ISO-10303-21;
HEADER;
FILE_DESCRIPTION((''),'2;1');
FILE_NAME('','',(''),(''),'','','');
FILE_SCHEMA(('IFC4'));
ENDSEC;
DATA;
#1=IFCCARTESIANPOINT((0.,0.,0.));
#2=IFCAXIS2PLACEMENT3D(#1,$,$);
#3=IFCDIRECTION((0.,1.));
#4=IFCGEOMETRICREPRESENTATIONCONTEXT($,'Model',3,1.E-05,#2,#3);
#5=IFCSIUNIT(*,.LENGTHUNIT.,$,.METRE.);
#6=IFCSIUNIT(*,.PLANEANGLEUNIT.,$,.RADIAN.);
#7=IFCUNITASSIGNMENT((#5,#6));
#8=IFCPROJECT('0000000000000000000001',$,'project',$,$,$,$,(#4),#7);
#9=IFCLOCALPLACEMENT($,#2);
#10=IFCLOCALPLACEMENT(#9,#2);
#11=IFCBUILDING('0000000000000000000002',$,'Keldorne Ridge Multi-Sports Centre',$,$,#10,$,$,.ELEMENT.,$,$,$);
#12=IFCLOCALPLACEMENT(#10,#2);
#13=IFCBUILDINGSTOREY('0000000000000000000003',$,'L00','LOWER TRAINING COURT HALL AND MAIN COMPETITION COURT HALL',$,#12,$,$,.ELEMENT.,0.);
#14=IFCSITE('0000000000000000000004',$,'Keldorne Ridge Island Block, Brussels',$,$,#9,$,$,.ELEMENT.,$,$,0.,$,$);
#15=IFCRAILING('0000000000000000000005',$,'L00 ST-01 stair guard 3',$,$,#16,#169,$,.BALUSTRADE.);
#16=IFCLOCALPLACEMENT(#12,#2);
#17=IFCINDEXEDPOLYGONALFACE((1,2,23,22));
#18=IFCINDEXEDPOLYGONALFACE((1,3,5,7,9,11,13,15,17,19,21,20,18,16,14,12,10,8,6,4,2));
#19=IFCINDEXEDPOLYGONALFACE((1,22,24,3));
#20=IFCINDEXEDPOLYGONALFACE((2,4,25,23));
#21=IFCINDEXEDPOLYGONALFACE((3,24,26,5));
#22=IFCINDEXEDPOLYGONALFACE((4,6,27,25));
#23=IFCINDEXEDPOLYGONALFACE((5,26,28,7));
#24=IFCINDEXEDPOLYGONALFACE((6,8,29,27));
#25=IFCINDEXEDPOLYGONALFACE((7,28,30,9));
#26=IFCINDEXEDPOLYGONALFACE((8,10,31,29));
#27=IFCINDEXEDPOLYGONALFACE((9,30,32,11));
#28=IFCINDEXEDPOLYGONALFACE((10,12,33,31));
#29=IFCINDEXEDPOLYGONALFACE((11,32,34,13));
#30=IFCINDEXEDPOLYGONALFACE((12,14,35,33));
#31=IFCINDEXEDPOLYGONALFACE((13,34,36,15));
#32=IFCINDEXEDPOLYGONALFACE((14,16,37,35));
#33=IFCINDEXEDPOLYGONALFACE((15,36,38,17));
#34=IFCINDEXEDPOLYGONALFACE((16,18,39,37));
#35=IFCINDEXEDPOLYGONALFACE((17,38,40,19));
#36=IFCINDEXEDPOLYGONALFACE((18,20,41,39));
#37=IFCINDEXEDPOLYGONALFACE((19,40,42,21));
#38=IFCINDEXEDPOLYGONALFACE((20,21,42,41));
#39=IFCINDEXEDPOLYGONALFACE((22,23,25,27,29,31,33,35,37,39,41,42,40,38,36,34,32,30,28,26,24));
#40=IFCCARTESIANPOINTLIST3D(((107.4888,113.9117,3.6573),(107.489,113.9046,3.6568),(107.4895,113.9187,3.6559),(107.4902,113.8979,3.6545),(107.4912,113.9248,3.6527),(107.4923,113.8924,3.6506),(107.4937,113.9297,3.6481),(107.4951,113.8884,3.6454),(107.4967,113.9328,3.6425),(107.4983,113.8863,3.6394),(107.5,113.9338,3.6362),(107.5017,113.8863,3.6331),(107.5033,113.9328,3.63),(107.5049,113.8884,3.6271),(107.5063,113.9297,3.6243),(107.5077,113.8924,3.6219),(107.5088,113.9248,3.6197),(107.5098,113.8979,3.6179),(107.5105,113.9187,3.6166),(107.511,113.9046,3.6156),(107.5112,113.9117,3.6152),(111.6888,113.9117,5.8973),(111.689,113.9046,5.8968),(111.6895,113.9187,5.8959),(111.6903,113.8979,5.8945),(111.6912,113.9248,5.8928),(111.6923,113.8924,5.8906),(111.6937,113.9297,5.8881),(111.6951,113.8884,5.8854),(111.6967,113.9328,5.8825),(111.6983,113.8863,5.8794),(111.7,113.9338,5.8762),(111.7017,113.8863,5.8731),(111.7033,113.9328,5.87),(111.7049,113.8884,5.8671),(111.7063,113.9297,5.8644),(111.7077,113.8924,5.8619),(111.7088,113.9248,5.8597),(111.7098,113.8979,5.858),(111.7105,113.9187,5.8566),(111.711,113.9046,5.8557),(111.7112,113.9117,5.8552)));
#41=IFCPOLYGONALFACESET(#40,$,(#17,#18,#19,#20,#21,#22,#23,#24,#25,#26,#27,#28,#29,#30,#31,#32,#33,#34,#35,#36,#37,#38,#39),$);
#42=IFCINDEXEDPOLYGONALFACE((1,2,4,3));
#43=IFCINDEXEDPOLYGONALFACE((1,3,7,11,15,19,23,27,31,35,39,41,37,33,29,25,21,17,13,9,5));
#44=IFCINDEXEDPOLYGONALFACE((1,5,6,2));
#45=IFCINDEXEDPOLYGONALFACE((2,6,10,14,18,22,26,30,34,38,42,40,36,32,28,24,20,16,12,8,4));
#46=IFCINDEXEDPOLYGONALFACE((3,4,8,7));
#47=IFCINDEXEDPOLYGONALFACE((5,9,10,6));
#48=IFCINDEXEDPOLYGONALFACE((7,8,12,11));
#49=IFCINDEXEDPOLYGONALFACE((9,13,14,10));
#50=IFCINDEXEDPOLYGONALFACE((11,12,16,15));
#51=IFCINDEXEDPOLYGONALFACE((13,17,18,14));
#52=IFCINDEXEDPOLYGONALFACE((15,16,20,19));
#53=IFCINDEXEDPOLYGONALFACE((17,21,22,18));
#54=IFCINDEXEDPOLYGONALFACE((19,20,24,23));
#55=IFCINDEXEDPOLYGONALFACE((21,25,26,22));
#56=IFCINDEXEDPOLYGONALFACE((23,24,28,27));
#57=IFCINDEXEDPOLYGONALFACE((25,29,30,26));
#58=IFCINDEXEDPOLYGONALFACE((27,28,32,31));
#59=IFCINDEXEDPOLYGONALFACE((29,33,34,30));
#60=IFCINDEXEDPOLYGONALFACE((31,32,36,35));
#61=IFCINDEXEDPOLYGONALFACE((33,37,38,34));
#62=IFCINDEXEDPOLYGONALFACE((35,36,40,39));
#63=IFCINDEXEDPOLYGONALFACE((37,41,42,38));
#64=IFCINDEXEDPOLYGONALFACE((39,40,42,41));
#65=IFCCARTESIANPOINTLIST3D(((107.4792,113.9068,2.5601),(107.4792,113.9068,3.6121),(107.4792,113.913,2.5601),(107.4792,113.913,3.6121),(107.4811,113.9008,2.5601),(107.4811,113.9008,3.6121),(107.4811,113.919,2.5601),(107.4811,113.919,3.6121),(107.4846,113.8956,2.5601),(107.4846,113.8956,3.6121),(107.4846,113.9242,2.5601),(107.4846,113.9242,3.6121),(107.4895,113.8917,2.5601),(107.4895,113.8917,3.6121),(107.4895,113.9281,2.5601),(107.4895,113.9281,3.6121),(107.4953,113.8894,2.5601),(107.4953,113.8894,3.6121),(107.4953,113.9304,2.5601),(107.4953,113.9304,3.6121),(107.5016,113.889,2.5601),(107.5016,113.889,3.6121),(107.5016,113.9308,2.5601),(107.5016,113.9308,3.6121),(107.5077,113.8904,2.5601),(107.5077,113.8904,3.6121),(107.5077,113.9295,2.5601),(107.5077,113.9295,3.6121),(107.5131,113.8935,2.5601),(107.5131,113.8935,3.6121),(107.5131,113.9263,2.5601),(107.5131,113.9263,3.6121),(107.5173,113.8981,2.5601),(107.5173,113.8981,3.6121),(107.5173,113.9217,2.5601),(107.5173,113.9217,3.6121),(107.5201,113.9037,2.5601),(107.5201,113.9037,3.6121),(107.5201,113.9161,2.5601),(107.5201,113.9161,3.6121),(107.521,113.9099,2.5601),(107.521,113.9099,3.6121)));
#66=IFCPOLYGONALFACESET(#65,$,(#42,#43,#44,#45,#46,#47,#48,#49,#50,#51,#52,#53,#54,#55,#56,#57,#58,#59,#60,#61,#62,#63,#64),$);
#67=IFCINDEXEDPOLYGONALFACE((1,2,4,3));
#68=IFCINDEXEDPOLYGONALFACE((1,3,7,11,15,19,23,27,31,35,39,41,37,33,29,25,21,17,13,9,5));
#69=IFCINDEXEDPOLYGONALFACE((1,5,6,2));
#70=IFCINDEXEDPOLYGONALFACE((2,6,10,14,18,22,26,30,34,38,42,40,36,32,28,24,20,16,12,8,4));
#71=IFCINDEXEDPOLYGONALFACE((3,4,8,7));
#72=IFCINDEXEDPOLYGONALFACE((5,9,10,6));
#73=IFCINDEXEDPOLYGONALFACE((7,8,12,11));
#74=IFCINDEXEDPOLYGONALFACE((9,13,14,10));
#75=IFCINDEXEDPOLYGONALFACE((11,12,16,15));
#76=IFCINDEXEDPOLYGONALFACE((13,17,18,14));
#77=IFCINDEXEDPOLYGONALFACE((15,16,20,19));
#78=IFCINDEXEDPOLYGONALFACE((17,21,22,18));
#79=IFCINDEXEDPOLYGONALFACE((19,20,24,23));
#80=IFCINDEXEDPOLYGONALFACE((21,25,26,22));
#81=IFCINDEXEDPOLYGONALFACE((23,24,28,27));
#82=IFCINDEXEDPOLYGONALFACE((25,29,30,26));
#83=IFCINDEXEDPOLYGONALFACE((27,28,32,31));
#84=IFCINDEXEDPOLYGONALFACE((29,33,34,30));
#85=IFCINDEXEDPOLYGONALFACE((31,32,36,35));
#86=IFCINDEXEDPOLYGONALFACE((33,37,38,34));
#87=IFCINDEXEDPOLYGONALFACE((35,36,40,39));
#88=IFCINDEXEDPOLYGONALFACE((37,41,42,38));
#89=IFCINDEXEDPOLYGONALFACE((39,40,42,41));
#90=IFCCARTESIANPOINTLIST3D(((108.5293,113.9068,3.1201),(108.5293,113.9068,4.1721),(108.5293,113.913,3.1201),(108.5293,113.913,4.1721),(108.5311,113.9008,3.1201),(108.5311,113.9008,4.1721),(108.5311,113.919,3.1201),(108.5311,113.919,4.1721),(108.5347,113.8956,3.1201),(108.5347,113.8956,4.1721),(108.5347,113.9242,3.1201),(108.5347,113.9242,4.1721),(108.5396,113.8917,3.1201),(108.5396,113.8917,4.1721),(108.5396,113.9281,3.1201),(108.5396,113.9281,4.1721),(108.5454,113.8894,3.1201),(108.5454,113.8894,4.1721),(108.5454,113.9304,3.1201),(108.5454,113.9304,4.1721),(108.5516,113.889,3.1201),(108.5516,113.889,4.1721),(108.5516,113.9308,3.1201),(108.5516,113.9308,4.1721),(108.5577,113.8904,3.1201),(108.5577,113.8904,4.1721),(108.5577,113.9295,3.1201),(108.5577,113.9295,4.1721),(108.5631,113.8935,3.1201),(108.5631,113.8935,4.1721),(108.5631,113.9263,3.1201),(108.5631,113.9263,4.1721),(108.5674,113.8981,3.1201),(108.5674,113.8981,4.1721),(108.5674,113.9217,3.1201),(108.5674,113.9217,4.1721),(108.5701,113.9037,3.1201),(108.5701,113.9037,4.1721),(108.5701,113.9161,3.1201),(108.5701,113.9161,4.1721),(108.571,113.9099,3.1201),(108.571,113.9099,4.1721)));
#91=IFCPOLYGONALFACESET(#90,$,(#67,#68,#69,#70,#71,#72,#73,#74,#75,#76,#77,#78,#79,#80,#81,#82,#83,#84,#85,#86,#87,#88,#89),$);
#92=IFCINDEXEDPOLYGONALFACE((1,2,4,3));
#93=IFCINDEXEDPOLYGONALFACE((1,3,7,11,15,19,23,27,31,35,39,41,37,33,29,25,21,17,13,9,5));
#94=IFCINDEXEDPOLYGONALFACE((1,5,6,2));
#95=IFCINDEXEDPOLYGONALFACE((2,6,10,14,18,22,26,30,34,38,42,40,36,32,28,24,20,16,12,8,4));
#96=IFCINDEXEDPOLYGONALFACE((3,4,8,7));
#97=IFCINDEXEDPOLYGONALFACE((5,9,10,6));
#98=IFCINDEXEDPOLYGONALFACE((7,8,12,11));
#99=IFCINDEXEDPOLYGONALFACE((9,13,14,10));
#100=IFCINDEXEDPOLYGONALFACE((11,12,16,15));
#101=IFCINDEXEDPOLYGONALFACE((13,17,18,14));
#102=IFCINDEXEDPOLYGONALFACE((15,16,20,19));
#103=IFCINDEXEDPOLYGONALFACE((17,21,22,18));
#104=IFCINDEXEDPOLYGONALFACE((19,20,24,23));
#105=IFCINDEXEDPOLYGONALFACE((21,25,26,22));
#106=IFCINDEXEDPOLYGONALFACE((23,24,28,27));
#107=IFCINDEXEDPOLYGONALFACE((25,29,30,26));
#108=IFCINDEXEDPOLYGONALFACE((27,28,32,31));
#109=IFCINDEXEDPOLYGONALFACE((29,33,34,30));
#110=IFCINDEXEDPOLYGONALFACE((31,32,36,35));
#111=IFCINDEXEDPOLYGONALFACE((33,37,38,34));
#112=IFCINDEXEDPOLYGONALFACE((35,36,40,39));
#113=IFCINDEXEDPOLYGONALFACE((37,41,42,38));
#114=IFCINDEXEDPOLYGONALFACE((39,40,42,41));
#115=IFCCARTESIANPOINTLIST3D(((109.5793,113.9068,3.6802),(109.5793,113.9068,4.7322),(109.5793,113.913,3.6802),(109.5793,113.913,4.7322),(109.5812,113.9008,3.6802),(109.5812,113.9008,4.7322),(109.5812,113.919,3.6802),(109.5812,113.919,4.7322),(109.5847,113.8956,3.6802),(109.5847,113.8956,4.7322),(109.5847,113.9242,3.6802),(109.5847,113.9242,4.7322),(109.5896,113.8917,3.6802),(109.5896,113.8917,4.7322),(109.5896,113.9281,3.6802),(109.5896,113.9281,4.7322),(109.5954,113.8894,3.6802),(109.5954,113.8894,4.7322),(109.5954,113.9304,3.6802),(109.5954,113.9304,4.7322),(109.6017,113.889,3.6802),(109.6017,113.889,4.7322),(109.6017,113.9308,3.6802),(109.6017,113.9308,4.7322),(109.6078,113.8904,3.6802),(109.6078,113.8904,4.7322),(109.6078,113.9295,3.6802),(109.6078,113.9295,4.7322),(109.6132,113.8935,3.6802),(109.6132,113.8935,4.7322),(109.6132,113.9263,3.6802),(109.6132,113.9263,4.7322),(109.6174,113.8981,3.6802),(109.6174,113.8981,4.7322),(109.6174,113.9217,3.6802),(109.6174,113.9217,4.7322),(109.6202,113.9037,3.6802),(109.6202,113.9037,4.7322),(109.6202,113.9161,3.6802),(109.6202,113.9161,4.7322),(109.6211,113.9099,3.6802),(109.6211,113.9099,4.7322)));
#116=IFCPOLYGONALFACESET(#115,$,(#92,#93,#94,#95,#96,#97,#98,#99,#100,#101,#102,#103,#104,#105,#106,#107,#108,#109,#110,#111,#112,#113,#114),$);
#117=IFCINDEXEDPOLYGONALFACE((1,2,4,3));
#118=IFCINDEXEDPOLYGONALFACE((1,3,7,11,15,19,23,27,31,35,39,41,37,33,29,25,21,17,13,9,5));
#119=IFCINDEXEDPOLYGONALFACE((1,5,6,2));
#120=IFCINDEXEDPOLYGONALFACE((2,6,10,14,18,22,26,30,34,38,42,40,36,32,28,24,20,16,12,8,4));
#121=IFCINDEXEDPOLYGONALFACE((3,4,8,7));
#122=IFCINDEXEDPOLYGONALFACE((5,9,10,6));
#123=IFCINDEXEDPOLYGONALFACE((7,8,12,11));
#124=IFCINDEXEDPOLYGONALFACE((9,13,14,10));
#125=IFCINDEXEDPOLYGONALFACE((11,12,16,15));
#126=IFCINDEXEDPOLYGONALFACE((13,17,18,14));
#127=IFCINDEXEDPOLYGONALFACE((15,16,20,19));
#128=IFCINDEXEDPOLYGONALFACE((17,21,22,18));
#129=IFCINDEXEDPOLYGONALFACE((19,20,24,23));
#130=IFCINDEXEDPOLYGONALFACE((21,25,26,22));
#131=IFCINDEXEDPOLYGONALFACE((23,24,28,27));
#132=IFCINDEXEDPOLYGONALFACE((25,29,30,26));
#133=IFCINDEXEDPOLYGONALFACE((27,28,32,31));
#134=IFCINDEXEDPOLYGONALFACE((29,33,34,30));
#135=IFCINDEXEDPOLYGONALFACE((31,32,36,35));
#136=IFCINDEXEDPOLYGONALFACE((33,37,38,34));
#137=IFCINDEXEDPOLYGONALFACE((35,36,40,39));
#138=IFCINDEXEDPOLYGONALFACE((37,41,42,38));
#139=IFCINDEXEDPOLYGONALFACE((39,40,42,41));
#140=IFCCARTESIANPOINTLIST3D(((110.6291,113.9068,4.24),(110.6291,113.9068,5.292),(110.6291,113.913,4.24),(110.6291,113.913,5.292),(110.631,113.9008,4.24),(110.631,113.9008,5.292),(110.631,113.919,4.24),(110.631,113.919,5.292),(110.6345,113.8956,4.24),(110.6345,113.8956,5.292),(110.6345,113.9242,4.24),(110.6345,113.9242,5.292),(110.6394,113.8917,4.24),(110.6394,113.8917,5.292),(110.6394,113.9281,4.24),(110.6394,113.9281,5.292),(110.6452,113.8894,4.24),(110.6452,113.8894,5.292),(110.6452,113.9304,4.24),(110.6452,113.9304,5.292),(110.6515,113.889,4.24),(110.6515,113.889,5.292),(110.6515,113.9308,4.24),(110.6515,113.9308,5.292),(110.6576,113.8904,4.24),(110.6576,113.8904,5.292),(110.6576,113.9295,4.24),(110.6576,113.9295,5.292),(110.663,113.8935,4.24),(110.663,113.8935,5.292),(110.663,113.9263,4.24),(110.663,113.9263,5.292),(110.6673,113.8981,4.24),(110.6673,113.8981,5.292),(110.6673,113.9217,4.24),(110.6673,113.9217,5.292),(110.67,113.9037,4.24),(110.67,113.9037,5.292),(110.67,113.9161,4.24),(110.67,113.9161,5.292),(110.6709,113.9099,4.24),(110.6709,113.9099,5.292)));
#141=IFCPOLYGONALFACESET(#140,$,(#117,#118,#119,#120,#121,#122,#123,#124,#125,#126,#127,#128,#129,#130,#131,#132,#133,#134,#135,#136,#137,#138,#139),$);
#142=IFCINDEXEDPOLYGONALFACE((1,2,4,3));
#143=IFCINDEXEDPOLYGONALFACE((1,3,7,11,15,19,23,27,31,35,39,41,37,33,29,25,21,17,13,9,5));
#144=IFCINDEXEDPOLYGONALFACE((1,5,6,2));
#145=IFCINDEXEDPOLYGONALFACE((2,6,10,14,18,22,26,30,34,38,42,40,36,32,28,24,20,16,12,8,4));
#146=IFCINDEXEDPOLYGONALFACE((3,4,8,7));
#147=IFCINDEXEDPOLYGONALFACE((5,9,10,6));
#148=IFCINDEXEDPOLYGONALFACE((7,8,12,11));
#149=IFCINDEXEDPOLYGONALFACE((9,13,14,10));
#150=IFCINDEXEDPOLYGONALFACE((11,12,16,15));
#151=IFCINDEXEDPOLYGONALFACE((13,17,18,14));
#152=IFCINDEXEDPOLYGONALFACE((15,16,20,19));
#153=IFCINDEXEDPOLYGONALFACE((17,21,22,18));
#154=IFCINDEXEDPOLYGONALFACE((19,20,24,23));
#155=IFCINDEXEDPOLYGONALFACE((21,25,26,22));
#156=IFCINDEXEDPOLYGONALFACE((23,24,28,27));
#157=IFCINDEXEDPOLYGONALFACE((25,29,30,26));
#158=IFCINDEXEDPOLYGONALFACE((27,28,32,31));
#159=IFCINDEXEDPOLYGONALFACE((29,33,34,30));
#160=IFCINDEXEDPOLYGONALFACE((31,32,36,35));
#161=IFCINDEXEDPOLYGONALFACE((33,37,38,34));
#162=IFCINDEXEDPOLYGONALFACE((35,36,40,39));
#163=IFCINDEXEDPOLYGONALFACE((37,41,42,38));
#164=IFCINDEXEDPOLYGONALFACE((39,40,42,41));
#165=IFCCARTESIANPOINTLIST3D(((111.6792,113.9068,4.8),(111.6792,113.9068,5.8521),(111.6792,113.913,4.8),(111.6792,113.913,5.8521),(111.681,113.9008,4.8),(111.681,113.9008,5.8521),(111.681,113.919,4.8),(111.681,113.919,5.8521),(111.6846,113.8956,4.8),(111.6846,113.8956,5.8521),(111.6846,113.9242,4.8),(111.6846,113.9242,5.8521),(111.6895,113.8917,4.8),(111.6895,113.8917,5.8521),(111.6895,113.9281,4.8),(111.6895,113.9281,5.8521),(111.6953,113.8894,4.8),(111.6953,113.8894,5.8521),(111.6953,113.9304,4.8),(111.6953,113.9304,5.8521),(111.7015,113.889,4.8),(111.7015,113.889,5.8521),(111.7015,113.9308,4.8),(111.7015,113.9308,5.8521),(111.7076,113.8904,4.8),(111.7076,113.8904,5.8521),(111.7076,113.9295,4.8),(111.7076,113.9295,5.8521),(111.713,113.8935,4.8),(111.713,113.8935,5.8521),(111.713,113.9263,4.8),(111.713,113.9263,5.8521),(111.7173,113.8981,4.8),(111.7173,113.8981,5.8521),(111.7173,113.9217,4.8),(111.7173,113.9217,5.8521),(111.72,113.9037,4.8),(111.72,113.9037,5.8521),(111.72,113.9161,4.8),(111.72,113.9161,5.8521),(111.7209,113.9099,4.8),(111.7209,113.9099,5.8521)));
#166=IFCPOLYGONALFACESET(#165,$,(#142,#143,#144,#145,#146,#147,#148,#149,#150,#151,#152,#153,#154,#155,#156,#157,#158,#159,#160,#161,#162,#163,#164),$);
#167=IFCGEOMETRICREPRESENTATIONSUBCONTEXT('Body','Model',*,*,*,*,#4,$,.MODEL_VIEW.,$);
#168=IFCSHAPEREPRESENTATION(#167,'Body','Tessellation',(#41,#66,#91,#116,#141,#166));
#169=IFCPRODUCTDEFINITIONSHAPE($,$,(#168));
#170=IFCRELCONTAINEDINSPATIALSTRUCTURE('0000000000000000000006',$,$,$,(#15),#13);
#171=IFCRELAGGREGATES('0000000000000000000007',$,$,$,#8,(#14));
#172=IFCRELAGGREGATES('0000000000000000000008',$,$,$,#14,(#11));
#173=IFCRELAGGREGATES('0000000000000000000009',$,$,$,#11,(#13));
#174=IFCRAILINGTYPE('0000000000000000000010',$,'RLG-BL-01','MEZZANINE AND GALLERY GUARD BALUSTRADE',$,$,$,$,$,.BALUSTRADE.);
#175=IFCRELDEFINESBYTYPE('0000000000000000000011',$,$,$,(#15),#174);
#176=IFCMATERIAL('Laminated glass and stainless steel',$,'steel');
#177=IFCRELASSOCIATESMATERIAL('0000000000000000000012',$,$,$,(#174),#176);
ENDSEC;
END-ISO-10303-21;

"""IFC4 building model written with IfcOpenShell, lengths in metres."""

from ifc_helpers import new_model, si_unit, direction, frame, origin, origin_2d, place, context, subcontext, project, spatial, circle, extrude, material, type_object, element, save


model = new_model("IFC4")

# Units and contexts
model_context = context("Model", 3, precision=1e-05, world=origin(), true_north=direction((0.0, 1.0)))
body_context = subcontext(model_context, "Body", "Model", "MODEL_VIEW")
ifc_project = project(units=[si_unit("LENGTHUNIT", "METRE"), si_unit("PLANEANGLEUNIT", "RADIAN")], contexts=[model_context])

# Site, building, storey
site_placement = place(None, origin())
site = spatial("IfcSite", under=ifc_project, at=site_placement, Name="Keldorne Ridge Island Block, Brussels", CompositionType="ELEMENT", RefElevation=0.0)
building_placement = place(site_placement, origin())
building = spatial("IfcBuilding", under=site, at=building_placement, Name="Keldorne Ridge Multi-Sports Centre", CompositionType="ELEMENT")
storey_placement = place(building_placement, origin())
storey = spatial("IfcBuildingStorey", under=building, at=storey_placement, Name="L00", Description="LOWER TRAINING COURT HALL AND MAIN COMPETITION COURT HALL", CompositionType="ELEMENT", Elevation=0.0)

# Railing
ifc_material_1 = material(Name="Laminated glass and stainless steel", Category="steel")
railing_type_1 = type_object("IfcRailingType", Name="RLG-BL-01", Description="MEZZANINE AND GALLERY GUARD BALUSTRADE", PredefinedType="BALUSTRADE", material=ifc_material_1)
railing_1_placement = place(storey_placement, frame((107.5, 113.9099, 2.5601)))
element("IfcRailing", 1, at=railing_1_placement, inside=storey, type_object=railing_type_1, Name="L00 ST-01 stair guard 3", PredefinedType="BALUSTRADE", context=body_context, shape_type="SweptSolid", body=[
    extrude(circle(Radius=0.0239, at=origin_2d()), frame((0.0, 0.0, 1.0762), z_axis=(0.882352, 0.0, 0.470591), x_axis=(0.0, 1.0, 0.0)), (0.0, 0.0, 1.0), 4.76),
    extrude(circle(Radius=0.021, at=origin_2d()), origin(), (0.0, 0.0, 1.0), 1.052),
    extrude(circle(Radius=0.021, at=origin_2d()), frame((1.05, 0.0, 0.5601)), (0.0, 0.0, 1.0), 1.052),
    extrude(circle(Radius=0.021, at=origin_2d()), frame((2.1001, 0.0, 1.1201)), (0.0, 0.0, 1.0), 1.052),
    extrude(circle(Radius=0.021, at=origin_2d()), frame((3.1499, 0.0, 1.6799)), (0.0, 0.0, 1.0), 1.052),
    extrude(circle(Radius=0.021, at=origin_2d()), frame((4.2, 0.0, 2.24)), (0.0, 0.0, 1.0), 1.052),
])

save(model, "model.ifc")
